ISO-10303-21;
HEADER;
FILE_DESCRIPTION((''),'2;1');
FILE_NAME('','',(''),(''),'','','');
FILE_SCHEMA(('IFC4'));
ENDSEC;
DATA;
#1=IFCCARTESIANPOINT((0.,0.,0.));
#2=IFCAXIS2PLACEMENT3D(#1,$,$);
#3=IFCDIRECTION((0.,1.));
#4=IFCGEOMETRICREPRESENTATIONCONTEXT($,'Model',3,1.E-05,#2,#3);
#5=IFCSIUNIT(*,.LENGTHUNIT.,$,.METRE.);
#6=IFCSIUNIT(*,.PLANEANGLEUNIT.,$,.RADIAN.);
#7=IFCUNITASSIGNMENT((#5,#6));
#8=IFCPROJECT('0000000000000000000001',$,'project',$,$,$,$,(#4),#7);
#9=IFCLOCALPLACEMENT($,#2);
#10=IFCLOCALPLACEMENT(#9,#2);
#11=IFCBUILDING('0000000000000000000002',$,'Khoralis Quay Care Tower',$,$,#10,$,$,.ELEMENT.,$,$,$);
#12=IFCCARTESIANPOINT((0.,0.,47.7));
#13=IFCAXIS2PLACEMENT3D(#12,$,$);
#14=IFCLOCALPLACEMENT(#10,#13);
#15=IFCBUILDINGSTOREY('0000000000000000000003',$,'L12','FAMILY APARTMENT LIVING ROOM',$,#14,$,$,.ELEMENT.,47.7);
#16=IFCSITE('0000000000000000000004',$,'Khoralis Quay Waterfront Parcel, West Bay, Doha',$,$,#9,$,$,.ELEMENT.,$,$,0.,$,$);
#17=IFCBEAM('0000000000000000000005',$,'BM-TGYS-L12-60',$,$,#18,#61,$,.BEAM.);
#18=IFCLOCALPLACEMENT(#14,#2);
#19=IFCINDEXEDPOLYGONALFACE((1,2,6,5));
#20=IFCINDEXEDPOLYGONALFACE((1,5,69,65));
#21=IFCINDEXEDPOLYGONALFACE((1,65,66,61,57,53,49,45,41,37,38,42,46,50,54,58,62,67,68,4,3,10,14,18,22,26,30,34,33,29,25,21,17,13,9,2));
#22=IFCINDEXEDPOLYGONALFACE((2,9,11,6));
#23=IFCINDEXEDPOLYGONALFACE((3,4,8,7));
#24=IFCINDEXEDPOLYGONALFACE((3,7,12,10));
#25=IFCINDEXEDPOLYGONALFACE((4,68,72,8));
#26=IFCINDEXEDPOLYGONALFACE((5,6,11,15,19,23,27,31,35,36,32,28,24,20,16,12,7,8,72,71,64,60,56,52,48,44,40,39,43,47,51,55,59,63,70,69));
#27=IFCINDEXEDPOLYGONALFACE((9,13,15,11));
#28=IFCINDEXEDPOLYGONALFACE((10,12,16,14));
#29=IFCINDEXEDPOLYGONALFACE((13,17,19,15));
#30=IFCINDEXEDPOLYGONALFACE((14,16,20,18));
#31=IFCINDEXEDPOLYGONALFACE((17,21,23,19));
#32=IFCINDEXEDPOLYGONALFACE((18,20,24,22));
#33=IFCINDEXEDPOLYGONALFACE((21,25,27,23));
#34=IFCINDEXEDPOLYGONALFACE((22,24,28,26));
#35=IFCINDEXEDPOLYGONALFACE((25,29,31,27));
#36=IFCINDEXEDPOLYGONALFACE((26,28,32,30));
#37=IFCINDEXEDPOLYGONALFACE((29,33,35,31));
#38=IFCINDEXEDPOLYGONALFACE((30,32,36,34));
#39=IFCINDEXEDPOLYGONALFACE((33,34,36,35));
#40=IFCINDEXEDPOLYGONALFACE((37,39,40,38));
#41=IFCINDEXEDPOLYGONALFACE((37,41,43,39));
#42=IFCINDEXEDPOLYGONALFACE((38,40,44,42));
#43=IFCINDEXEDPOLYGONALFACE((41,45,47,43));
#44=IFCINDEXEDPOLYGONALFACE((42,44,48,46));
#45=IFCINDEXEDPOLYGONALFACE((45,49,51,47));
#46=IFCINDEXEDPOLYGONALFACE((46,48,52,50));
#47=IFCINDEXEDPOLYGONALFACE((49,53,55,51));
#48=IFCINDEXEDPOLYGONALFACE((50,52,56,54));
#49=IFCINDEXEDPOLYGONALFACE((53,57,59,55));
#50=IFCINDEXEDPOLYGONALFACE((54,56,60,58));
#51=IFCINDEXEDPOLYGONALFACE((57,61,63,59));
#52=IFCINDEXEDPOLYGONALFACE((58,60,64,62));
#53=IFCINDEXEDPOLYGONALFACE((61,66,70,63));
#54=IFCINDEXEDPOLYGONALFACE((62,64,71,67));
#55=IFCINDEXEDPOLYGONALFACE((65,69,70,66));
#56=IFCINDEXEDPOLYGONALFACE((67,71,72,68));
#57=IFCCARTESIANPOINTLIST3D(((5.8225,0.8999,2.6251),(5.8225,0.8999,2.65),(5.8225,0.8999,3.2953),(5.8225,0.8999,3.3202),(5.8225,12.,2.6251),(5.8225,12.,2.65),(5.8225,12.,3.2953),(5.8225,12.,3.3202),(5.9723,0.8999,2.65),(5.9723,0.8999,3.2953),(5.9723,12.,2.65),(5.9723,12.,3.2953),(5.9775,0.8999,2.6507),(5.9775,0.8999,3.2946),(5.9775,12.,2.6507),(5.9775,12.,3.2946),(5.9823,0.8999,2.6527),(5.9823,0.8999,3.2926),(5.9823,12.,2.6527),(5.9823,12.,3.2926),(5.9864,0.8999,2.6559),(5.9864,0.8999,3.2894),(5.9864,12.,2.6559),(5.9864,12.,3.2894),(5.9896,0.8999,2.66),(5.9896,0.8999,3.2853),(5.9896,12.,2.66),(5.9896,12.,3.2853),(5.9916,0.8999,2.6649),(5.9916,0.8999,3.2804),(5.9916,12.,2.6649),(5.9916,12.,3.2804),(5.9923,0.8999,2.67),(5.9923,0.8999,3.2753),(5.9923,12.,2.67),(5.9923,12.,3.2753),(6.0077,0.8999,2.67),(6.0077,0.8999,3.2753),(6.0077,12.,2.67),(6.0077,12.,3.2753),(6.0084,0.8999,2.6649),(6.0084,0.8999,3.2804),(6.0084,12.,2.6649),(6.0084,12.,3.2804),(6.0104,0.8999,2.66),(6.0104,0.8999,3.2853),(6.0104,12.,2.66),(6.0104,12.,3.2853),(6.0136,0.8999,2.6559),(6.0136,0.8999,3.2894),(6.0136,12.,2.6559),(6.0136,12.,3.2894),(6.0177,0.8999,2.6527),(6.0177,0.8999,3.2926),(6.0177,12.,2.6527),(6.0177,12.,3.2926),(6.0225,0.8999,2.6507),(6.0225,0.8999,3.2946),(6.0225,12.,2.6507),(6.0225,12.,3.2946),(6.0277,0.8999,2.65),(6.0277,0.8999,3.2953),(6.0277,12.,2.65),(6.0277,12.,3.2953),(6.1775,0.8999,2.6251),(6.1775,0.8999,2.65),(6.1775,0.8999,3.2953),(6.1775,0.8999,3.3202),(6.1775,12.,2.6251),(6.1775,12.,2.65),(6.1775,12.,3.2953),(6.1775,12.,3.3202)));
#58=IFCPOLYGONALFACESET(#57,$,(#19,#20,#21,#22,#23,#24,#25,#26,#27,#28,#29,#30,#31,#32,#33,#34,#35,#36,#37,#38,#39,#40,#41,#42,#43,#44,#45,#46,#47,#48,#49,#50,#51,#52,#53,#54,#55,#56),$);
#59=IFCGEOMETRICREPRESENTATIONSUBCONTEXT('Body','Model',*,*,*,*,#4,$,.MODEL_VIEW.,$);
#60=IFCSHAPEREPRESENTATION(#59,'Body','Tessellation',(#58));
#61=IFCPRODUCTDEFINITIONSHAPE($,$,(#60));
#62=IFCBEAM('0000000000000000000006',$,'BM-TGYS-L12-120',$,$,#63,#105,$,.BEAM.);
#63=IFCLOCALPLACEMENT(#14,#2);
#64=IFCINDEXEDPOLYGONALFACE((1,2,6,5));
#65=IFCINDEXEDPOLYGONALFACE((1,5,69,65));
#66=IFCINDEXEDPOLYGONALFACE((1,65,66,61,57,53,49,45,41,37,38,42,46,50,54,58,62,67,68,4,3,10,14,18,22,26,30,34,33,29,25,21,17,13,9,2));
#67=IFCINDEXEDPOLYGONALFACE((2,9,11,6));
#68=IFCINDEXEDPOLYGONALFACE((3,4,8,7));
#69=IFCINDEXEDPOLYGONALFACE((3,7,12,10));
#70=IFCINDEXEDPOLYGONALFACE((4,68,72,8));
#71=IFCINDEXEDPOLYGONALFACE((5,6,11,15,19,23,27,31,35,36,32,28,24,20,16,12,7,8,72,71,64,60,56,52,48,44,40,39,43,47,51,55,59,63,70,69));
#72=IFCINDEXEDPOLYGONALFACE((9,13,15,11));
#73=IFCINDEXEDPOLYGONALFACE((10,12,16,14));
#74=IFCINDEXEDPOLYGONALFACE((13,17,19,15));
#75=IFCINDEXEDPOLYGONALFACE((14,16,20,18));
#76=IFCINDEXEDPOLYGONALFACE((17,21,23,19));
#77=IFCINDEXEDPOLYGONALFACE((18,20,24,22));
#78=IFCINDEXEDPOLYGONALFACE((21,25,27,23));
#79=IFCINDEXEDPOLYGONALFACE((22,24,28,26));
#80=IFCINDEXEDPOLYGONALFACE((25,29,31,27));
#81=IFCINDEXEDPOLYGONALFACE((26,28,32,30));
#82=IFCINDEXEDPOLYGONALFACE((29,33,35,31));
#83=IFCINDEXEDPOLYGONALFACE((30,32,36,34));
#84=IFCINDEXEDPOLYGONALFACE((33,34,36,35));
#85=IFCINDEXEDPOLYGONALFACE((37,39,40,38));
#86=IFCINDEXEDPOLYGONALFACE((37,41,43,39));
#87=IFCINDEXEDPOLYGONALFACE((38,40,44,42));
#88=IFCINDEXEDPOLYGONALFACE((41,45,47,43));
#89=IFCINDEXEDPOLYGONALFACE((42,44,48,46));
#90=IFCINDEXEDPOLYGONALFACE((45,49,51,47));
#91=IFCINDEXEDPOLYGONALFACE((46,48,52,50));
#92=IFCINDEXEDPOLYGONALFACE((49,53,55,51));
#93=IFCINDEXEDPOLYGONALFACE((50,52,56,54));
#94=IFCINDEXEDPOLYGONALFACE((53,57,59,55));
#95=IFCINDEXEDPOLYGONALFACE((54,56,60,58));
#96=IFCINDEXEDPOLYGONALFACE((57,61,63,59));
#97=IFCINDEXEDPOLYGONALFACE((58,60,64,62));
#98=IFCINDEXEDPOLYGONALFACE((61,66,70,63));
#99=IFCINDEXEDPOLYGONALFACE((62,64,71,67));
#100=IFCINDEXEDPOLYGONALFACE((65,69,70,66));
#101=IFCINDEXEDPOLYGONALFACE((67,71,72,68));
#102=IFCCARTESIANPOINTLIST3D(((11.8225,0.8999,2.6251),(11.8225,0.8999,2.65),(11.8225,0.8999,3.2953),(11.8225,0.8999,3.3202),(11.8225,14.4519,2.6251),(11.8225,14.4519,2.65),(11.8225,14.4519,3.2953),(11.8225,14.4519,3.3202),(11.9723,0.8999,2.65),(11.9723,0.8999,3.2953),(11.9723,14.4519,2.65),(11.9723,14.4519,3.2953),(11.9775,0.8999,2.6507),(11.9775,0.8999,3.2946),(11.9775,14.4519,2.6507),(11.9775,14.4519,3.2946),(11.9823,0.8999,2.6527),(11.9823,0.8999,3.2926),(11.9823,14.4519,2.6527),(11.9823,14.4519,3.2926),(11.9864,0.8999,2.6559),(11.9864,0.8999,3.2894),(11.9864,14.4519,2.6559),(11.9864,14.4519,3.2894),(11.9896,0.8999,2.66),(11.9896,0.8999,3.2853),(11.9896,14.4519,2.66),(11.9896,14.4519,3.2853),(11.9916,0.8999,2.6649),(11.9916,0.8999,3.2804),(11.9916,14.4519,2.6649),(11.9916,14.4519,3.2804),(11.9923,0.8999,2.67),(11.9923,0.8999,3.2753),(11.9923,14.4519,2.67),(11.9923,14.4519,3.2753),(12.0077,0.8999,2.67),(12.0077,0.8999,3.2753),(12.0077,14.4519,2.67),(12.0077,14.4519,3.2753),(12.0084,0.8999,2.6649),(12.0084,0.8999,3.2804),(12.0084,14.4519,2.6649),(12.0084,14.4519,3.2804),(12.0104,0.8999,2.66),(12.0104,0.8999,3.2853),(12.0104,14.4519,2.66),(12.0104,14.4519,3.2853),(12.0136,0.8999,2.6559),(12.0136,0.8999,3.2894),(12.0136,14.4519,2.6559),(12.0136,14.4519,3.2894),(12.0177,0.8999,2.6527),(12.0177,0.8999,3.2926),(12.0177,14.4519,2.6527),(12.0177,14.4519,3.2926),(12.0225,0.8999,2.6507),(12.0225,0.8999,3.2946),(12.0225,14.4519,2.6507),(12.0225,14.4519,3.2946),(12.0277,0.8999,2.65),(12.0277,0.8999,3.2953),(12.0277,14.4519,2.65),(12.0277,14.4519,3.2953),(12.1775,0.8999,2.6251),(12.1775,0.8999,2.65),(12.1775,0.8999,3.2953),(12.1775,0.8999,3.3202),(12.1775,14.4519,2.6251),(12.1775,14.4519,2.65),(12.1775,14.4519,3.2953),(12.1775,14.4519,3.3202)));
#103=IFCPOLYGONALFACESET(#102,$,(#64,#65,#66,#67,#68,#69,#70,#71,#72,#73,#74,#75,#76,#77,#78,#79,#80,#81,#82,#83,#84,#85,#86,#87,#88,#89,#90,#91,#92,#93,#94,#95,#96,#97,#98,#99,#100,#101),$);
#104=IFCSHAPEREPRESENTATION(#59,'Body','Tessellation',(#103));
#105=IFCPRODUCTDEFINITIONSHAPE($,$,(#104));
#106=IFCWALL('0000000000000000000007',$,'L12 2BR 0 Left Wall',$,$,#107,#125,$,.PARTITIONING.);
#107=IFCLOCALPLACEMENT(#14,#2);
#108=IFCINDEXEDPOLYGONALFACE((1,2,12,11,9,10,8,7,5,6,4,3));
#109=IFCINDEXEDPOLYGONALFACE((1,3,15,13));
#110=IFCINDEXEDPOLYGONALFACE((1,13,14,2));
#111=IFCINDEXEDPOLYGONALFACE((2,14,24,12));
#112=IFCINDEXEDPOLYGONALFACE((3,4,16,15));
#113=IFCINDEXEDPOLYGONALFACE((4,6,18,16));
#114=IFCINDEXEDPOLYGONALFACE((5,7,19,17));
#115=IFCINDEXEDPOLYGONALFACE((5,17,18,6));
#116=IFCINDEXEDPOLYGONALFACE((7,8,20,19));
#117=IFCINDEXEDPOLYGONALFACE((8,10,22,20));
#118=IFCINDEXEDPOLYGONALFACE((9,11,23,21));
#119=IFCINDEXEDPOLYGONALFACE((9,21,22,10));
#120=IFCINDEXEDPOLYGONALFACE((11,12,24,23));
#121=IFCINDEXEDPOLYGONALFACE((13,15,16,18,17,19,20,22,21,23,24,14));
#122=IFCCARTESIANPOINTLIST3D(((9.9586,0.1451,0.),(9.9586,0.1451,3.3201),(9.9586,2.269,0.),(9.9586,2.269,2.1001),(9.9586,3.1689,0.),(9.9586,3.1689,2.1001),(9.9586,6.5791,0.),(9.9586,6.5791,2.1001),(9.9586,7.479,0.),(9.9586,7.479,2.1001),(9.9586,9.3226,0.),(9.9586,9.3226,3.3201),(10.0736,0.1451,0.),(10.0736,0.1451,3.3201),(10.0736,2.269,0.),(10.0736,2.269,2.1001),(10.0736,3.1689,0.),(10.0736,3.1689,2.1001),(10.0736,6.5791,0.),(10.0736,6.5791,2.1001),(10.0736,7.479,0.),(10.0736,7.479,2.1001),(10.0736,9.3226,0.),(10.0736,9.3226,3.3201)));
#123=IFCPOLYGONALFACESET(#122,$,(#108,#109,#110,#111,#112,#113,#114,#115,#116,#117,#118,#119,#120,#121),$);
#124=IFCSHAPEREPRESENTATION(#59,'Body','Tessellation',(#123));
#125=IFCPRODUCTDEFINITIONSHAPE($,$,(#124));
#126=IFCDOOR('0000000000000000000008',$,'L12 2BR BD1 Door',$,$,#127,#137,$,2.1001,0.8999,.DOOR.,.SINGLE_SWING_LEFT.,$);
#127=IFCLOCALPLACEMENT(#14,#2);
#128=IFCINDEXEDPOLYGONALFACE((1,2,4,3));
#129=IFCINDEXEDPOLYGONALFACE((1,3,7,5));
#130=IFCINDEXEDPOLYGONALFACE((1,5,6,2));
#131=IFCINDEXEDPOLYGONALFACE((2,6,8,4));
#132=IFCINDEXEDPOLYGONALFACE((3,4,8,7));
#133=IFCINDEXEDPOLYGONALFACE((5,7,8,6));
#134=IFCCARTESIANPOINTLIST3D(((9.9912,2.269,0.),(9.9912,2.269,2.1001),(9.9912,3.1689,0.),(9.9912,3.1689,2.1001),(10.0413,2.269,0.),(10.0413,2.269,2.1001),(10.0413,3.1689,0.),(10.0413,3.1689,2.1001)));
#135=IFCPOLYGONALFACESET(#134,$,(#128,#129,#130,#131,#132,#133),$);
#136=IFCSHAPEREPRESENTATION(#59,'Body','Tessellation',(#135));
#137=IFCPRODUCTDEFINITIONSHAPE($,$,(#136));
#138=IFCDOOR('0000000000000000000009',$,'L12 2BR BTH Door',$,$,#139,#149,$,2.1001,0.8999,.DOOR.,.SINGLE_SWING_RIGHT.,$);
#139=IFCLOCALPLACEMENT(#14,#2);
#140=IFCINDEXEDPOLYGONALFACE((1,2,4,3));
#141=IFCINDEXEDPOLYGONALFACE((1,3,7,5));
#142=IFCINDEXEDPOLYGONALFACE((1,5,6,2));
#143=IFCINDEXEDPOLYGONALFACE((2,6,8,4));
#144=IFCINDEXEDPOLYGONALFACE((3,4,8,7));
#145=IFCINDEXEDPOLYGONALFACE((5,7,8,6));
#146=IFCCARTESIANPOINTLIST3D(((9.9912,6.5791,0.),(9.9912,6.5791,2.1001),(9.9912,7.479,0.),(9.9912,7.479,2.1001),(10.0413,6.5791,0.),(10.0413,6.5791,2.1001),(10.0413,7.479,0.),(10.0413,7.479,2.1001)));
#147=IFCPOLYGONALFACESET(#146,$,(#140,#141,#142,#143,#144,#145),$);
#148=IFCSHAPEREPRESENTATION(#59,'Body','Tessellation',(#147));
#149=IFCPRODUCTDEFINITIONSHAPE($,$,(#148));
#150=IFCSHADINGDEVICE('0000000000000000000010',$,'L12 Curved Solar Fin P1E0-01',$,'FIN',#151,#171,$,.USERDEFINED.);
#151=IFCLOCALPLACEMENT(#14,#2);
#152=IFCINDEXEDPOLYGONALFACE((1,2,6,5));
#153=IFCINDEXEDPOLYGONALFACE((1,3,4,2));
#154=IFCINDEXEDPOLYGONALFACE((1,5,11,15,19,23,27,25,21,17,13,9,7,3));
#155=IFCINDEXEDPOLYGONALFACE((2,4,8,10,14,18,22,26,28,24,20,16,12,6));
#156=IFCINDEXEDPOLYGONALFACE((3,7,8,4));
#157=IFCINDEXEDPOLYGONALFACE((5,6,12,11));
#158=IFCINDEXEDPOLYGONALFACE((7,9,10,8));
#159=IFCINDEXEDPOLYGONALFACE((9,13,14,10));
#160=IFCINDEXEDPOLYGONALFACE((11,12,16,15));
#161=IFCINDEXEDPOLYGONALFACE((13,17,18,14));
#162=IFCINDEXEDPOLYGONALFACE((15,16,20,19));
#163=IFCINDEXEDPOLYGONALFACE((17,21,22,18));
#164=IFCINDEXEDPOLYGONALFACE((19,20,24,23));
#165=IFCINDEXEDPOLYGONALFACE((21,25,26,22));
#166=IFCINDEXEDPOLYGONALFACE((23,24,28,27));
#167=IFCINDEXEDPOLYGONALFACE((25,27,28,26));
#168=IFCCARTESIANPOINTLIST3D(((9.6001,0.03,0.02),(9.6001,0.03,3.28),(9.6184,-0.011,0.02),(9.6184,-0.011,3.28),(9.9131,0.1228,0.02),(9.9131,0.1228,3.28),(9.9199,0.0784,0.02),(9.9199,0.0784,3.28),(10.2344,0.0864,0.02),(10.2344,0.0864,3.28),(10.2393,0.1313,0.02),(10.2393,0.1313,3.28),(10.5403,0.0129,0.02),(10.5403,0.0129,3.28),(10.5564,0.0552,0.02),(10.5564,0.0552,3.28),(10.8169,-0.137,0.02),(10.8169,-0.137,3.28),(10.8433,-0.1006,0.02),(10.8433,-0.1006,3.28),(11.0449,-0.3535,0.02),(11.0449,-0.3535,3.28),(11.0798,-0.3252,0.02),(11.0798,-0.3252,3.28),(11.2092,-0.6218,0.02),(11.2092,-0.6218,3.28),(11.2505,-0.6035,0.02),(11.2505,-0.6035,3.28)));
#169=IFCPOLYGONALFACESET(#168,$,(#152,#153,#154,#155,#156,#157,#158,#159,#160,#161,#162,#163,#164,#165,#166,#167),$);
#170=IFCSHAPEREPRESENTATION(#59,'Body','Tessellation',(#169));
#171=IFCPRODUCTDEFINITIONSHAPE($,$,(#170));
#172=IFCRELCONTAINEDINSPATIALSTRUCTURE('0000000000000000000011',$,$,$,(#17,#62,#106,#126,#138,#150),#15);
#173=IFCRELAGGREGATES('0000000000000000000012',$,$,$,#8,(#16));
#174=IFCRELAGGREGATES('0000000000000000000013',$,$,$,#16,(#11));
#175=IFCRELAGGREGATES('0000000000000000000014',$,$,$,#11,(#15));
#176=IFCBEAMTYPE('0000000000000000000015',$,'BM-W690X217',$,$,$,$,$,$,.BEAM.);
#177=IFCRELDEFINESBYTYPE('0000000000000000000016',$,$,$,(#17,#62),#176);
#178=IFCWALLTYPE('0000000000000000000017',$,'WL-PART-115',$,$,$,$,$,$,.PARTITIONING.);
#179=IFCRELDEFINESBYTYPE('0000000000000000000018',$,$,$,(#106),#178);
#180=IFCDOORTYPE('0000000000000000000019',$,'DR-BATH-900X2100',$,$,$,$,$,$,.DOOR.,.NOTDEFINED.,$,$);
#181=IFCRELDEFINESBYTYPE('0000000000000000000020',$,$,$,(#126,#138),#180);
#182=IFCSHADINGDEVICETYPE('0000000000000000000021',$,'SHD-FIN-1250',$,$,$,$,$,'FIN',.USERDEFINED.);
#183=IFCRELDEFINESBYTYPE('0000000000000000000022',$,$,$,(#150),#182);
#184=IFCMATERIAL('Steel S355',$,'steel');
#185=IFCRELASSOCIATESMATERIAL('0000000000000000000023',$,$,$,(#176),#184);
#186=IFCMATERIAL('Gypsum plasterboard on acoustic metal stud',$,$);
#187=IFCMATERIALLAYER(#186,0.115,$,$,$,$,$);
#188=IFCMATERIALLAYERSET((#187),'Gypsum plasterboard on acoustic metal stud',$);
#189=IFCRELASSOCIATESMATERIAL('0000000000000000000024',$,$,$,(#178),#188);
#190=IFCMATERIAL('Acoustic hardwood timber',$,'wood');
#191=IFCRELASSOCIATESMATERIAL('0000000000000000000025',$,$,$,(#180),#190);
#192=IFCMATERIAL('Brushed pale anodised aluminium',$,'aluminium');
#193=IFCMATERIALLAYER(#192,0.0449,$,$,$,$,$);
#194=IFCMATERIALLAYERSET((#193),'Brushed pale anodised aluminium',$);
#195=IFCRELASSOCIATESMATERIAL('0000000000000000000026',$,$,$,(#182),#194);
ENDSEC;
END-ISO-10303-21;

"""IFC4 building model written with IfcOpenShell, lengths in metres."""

from ifc_helpers import new_model, si_unit, direction, frame, frame_2d, origin, origin_2d, place, context, subcontext, project, spatial, polyline, rectangle, i_section, outline, extrude, source, transform, mapped, material, layer, layer_set, material_profile, profile_set, type_object, element, fill, save


model = new_model("IFC4")

# Units and contexts
model_context = context("Model", 3, precision=1e-05, world=origin(), true_north=direction((0.0, 1.0)))
body_context = subcontext(model_context, "Body", "Model", "MODEL_VIEW")
ifc_project = project(units=[si_unit("LENGTHUNIT", "METRE"), si_unit("PLANEANGLEUNIT", "RADIAN")], contexts=[model_context])

# Site, building, storey
site_placement = place(None, origin())
site = spatial("IfcSite", under=ifc_project, at=site_placement, Name="Khoralis Quay Waterfront Parcel, West Bay, Doha", CompositionType="ELEMENT", RefElevation=0.0)
building_placement = place(site_placement, origin())
building = spatial("IfcBuilding", under=site, at=building_placement, Name="Khoralis Quay Care Tower", CompositionType="ELEMENT")
storey_placement = place(building_placement, frame((0.0, 0.0, 47.7)))
storey = spatial("IfcBuildingStorey", under=building, at=storey_placement, Name="L12", Description="FAMILY APARTMENT LIVING ROOM", CompositionType="ELEMENT", Elevation=47.7)

# Beams
ifc_material_1 = material(Name="Steel S355", Category="steel")
ifc_material_profile_1 = material_profile(ifc_material_1, i_section(OverallWidth=0.355, OverallDepth=0.6951, WebThickness=0.0154, FlangeThickness=0.0249, FilletRadius=0.02, at=origin_2d()), Name="Steel S355")
ifc_profile_set_1 = profile_set([ifc_material_profile_1], Name="Steel S355")
beam_type_1 = type_object("IfcBeamType", Name="BM-W690X217", PredefinedType="BEAM", material=ifc_profile_set_1)
shared_shape_1 = source(origin(), body_context, "Body", "SweptSolid", [
    extrude(i_section(OverallWidth=0.355, OverallDepth=0.6951, WebThickness=0.0154, FlangeThickness=0.0249, FilletRadius=0.02, at=origin_2d()), origin(), (0.0, 0.0, 1.0), 11.1001),
])
beam_1_placement = place(storey_placement, frame((6.0, 0.8999, 2.9727), z_axis=(0.0, 1.0, 0.0), x_axis=(-1.0, 0.0, 0.0)))
element("IfcBeam", 1, at=beam_1_placement, inside=storey, type_object=beam_type_1, Name="BM-TGYS-L12-60", PredefinedType="BEAM", context=body_context, shape_type="MappedRepresentation", body=[
    mapped(shared_shape_1, transform((0.0, 0.0, 0.0), scale=1.0)),
])
shared_shape_2 = source(origin(), body_context, "Body", "SweptSolid", [
    extrude(i_section(OverallWidth=0.355, OverallDepth=0.6951, WebThickness=0.0154, FlangeThickness=0.0249, FilletRadius=0.02, at=origin_2d()), origin(), (0.0, 0.0, 1.0), 13.552),
])
beam_2_placement = place(storey_placement, frame((12.0, 0.8999, 2.9727), z_axis=(0.0, 1.0, 0.0), x_axis=(-1.0, 0.0, 0.0)))
element("IfcBeam", 2, at=beam_2_placement, inside=storey, type_object=beam_type_1, Name="BM-TGYS-L12-120", PredefinedType="BEAM", context=body_context, shape_type="MappedRepresentation", body=[
    mapped(shared_shape_2, transform((0.0, 0.0, 0.0), scale=1.0)),
])

# Wall, openings, doors
ifc_material_2 = material(Name="Gypsum plasterboard on acoustic metal stud")
ifc_layer_1 = layer(ifc_material_2, 0.115)
ifc_layer_set_1 = layer_set([ifc_layer_1], Name="Gypsum plasterboard on acoustic metal stud")
wall_type = type_object("IfcWallType", Name="WL-PART-115", PredefinedType="PARTITIONING", material=ifc_layer_set_1)
wall_placement = place(storey_placement, frame((10.0161, 0.145, 0.0), z_axis=(0.0, 0.0, 1.0), x_axis=(0.0, 1.0, 0.0)))
wall = element("IfcWall", 3, at=wall_placement, inside=storey, type_object=wall_type, Name="L12 2BR 0 Left Wall", PredefinedType="PARTITIONING", context=body_context, shape_type="SweptSolid", body=[
    extrude(rectangle(XDim=9.1775, YDim=0.115, at=frame_2d((4.5889, 0.0))), origin(), (0.0, 0.0, 1.0), 3.3201),
])
opening_1_placement = place(wall_placement, frame((2.124, 0.0, 0.0)))
opening_1 = element("IfcOpeningElement", 4, at=opening_1_placement, cuts=wall, PredefinedType="OPENING", context=body_context, shape_type="SweptSolid", body=[
    extrude(rectangle(XDim=0.8999, YDim=2.1001, at=frame_2d((0.45, 1.05))), frame((0.0, 0.0674, 0.0), z_axis=(0.0, -1.0, 0.0), x_axis=(1.0, 0.0, 0.0)), (0.0, 0.0, 1.0), 0.135),
])
opening_2_placement = place(wall_placement, frame((6.4341, 0.0, 0.0)))
opening_2 = element("IfcOpeningElement", 5, at=opening_2_placement, cuts=wall, PredefinedType="OPENING", context=body_context, shape_type="SweptSolid", body=[
    extrude(rectangle(XDim=0.8999, YDim=2.1001, at=frame_2d((0.45, 1.05))), frame((0.0, 0.0674, 0.0), z_axis=(0.0, -1.0, 0.0), x_axis=(1.0, 0.0, 0.0)), (0.0, 0.0, 1.0), 0.135),
])
ifc_material_3 = material(Name="Acoustic hardwood timber", Category="wood")
door_type = type_object("IfcDoorType", Name="DR-BATH-900X2100", OperationType="NOTDEFINED", PredefinedType="DOOR", material=ifc_material_3)
shared_shape_3 = source(origin(), body_context, "Body", "SweptSolid", [
    extrude(rectangle(XDim=0.8999, YDim=2.1001, at=frame_2d((0.45, 1.05))), frame((0.0, 0.0249, 0.0), z_axis=(0.0, -1.0, 0.0), x_axis=(1.0, 0.0, 0.0)), (0.0, 0.0, 1.0), 0.05),
])
door_1_placement = place(opening_1_placement, origin())
door_1 = element("IfcDoor", 6, at=door_1_placement, inside=storey, type_object=door_type, Name="L12 2BR BD1 Door", OperationType="SINGLE_SWING_LEFT", OverallHeight=2.1001, OverallWidth=0.8999, PredefinedType="DOOR", context=body_context, shape_type="MappedRepresentation", body=[
    mapped(shared_shape_3, transform((0.0, 0.0, 0.0), scale=1.0)),
])
fill(opening_1, door_1)
door_2_placement = place(opening_2_placement, origin())
door_2 = element("IfcDoor", 7, at=door_2_placement, inside=storey, type_object=door_type, Name="L12 2BR BTH Door", OperationType="SINGLE_SWING_RIGHT", OverallHeight=2.1001, OverallWidth=0.8999, PredefinedType="DOOR", context=body_context, shape_type="MappedRepresentation", body=[
    mapped(shared_shape_3, transform((0.0, 0.0, 0.0), scale=1.0)),
])
fill(opening_2, door_2)

# Shading device
ifc_material_4 = material(Name="Brushed pale anodised aluminium", Category="aluminium")
ifc_layer_2 = layer(ifc_material_4, 0.0449)
ifc_layer_set_2 = layer_set([ifc_layer_2], Name="Brushed pale anodised aluminium")
shading_device_type = type_object("IfcShadingDeviceType", Name="SHD-FIN-1250", ElementType="FIN", PredefinedType="USERDEFINED", material=ifc_layer_set_2)
shared_shape_4 = source(origin(), body_context, "Body", "SweptSolid", [
    extrude(outline(polyline([(0.0, 0.0), (-0.0928, 0.313), (-0.1013, 0.6392), (-0.0251, 0.9563), (0.1306, 1.2432), (0.3552, 1.4797), (0.6335, 1.6504), (0.6519, 1.6091), (0.3835, 1.4448), (0.167, 1.2168), (0.0171, 0.9402), (-0.0564, 0.6343), (-0.0483, 0.3198), (0.041, 0.0183), (0.0, 0.0)])), origin(), (0.0, 0.0, 1.0), 3.26),
])
for number, where, z_axis, x_axis, name in (
    (8, (9.6001, 0.03, 0.02), (0.0, 0.0, 1.0), (0.0, -1.0, 0.0), "L12 Curved Solar Fin P1E0-01"),
):
    element("IfcShadingDevice", number, at=place(storey_placement, frame(where, z_axis=z_axis, x_axis=x_axis)), inside=storey, type_object=shading_device_type, Name=name, ObjectType="FIN", PredefinedType="USERDEFINED", context=body_context, shape_type="MappedRepresentation", body=[
        mapped(shared_shape_4, transform((0.0, 0.0, 0.0), scale=1.0)),
    ])

save(model, "model.ifc")
